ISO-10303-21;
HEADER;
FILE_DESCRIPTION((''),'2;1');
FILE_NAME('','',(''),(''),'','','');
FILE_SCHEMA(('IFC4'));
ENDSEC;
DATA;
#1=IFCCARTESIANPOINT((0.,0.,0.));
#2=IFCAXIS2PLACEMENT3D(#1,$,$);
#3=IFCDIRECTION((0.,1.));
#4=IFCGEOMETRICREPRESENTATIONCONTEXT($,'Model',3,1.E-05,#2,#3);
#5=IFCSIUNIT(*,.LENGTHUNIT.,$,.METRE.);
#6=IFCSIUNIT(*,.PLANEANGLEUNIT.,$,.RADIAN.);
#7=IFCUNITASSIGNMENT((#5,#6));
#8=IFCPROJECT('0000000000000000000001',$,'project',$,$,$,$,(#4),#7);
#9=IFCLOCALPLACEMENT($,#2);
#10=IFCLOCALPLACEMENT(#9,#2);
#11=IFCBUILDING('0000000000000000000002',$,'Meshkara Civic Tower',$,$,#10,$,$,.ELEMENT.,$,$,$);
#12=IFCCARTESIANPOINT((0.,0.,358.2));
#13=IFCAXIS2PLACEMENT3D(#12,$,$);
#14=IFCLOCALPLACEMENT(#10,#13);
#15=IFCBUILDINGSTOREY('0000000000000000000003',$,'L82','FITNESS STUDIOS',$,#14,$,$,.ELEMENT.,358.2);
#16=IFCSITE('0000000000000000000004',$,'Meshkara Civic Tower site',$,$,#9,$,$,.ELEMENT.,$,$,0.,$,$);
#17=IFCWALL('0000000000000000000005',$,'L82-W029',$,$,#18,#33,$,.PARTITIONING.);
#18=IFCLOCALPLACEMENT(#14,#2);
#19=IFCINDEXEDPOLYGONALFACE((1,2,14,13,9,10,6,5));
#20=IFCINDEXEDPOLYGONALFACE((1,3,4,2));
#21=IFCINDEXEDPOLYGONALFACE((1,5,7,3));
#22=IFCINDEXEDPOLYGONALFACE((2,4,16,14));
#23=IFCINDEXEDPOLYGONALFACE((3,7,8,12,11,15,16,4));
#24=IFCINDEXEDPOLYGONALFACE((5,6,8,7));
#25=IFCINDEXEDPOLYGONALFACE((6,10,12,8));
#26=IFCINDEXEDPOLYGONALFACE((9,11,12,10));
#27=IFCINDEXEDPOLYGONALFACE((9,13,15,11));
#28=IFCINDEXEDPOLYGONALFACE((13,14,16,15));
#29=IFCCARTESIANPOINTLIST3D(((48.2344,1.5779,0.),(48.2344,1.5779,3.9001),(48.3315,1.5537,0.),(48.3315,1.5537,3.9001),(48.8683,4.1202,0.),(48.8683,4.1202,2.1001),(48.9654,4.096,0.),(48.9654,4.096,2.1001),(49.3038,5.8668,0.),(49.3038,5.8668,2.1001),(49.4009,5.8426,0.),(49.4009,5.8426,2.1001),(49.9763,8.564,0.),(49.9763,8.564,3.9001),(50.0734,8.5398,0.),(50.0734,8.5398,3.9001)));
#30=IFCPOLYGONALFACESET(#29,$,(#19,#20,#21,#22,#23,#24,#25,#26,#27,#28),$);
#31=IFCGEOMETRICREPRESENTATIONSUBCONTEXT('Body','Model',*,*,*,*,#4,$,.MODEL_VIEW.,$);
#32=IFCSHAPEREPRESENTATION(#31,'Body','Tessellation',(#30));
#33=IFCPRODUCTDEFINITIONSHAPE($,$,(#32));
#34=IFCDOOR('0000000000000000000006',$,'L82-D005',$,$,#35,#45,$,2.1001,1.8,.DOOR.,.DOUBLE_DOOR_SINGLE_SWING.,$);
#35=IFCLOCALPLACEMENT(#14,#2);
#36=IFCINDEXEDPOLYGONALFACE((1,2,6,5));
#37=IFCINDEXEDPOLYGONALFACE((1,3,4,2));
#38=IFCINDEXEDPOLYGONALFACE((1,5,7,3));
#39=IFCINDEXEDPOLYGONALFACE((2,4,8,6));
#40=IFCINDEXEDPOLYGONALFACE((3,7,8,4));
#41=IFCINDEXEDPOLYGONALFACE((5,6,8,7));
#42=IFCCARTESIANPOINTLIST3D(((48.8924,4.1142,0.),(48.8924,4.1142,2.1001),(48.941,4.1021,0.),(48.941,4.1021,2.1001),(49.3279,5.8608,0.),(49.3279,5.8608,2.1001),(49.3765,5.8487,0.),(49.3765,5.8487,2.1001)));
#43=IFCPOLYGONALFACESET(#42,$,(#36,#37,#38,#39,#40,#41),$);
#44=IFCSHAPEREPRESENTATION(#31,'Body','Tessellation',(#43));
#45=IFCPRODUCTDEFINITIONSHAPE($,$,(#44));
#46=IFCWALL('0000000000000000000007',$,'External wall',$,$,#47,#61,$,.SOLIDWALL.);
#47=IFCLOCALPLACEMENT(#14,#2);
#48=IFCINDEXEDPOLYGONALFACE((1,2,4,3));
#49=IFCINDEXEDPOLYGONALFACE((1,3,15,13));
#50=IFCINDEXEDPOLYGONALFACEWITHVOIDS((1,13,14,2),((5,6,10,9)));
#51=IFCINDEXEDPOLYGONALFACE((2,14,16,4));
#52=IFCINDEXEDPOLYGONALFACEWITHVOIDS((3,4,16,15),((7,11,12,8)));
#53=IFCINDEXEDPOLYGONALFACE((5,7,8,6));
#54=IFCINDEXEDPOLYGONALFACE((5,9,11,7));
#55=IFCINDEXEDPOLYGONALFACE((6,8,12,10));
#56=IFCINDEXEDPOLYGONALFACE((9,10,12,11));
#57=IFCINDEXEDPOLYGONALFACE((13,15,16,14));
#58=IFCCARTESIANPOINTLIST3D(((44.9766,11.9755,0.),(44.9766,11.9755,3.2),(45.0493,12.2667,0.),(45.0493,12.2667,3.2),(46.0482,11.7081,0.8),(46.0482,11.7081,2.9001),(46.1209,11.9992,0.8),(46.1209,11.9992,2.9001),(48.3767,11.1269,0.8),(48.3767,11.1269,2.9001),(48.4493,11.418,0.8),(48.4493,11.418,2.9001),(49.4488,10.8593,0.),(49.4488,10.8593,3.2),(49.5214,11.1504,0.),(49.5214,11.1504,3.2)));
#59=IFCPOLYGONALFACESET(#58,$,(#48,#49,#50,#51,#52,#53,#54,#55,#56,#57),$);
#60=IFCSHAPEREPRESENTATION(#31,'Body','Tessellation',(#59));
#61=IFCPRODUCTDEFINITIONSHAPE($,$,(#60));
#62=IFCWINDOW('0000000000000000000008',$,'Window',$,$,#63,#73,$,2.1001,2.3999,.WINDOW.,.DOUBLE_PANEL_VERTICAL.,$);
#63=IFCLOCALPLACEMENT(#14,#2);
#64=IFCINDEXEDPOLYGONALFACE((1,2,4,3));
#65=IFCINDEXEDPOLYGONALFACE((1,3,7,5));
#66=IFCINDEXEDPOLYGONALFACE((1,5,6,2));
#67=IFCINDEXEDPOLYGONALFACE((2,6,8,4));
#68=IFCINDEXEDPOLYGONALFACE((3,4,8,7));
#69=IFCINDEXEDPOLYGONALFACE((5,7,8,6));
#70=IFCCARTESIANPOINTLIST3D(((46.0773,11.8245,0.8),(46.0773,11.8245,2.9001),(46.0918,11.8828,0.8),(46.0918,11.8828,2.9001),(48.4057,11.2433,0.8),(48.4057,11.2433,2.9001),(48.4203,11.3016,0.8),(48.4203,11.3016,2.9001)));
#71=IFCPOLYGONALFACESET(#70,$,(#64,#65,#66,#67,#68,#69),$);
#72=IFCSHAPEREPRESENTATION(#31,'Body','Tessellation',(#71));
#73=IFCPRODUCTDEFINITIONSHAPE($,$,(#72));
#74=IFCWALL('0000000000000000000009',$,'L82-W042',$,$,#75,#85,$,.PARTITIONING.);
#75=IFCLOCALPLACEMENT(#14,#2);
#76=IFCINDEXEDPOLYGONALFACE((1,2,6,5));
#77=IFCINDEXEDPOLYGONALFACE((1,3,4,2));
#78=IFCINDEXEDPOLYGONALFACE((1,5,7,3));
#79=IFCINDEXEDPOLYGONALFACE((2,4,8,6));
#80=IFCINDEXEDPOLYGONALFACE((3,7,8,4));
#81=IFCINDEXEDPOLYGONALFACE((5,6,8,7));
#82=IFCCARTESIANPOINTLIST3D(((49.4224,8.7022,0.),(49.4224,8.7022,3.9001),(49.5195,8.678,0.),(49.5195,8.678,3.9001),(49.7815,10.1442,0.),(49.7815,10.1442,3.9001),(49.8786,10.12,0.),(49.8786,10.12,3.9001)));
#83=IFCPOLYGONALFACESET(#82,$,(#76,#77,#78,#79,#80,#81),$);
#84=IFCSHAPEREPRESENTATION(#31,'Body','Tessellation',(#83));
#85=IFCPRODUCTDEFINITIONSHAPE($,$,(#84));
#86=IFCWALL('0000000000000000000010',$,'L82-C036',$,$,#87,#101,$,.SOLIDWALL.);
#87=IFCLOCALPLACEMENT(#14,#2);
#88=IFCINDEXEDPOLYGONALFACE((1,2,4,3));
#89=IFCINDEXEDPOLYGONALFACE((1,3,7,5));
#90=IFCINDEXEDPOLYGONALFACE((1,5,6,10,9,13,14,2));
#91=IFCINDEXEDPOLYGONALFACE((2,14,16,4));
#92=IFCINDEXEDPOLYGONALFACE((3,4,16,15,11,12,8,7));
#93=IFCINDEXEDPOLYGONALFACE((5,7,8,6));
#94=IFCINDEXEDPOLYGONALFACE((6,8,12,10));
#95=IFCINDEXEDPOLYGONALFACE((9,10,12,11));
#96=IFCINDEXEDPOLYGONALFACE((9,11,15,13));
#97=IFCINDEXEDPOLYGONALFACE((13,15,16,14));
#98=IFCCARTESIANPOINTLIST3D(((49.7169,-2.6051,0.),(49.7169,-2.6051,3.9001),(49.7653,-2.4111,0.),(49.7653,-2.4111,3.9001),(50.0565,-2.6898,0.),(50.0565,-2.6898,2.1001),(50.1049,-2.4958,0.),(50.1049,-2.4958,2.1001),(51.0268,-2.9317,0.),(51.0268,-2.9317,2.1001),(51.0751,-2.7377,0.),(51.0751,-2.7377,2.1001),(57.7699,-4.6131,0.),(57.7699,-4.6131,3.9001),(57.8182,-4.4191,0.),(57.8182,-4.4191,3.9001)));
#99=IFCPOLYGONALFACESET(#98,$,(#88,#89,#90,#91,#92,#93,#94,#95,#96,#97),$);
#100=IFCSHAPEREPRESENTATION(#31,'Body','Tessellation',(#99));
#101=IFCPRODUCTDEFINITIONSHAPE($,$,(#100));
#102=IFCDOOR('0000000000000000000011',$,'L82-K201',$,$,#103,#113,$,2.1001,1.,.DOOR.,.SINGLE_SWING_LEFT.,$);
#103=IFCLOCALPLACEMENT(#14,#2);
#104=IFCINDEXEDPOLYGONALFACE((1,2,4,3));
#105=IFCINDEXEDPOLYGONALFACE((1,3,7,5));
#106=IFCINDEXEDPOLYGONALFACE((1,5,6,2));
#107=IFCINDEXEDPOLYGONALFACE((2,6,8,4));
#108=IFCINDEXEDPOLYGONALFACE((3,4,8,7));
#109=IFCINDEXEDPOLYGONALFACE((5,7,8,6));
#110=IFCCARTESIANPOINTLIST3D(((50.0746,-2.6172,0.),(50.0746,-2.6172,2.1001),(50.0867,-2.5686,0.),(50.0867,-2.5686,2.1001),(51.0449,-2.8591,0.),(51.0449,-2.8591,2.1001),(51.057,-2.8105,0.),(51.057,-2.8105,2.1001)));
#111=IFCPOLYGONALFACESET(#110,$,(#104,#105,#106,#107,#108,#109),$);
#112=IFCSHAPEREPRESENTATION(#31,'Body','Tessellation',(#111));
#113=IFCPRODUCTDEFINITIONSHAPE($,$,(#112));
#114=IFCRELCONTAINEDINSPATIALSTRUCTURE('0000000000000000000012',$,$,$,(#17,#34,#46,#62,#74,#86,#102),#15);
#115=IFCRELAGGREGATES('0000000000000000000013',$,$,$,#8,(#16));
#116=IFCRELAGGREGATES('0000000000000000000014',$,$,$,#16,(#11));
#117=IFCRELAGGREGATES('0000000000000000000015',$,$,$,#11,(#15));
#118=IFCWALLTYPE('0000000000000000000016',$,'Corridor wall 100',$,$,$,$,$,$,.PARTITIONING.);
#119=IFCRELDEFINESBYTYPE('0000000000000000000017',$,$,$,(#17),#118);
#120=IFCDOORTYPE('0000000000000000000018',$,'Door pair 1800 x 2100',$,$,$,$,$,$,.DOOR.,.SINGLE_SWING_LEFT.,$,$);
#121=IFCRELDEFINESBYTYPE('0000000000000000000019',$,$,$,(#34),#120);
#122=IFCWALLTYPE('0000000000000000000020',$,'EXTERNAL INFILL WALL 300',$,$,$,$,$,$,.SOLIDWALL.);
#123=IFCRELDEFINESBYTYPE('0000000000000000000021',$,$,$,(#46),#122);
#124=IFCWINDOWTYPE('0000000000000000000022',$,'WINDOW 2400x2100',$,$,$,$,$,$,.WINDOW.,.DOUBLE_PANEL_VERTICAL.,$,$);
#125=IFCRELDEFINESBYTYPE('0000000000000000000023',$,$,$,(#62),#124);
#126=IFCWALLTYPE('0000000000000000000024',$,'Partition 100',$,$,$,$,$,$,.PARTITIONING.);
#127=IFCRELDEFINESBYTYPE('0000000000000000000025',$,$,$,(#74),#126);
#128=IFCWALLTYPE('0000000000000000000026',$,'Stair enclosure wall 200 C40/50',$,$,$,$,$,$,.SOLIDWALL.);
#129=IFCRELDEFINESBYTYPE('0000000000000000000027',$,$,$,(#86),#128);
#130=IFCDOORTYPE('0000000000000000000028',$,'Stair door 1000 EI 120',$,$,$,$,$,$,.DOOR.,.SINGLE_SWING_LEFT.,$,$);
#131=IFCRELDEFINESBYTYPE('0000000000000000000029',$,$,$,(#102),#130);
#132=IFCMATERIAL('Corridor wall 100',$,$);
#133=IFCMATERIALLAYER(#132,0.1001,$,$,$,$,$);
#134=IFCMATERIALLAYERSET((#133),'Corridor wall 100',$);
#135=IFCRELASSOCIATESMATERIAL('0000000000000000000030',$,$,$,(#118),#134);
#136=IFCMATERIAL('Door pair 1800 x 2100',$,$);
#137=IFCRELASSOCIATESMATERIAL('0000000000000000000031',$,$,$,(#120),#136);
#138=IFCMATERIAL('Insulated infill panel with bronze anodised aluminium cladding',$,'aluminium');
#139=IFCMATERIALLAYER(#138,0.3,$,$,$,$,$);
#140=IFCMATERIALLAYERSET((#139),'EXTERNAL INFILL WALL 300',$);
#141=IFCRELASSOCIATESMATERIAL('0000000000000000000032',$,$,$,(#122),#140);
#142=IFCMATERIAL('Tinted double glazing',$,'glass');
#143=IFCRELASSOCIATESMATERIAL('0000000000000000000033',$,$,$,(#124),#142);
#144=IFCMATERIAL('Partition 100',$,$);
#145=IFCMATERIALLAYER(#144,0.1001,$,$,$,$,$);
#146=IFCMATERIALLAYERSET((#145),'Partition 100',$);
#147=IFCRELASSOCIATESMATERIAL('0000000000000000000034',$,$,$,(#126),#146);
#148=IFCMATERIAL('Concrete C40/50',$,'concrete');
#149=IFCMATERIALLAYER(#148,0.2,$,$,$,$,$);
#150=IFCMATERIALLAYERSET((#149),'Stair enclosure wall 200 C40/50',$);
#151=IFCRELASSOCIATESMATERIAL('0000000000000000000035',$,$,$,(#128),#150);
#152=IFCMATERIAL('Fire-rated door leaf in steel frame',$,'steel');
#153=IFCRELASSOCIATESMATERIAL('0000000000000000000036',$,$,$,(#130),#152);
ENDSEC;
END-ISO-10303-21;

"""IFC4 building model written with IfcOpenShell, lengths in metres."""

from ifc_helpers import new_model, si_unit, direction, frame, frame_2d, origin, place, context, subcontext, project, spatial, rectangle, extrude, material, layer, layer_set, type_object, element, fill, save


model = new_model("IFC4")

# Units and contexts
model_context = context("Model", 3, precision=1e-05, world=origin(), true_north=direction((0.0, 1.0)))
body_context = subcontext(model_context, "Body", "Model", "MODEL_VIEW")
ifc_project = project(units=[si_unit("LENGTHUNIT", "METRE"), si_unit("PLANEANGLEUNIT", "RADIAN")], contexts=[model_context])

# Site, building, storey
site_placement = place(None, origin())
site = spatial("IfcSite", under=ifc_project, at=site_placement, Name="Meshkara Civic Tower site", CompositionType="ELEMENT", RefElevation=0.0)
building_placement = place(site_placement, origin())
building = spatial("IfcBuilding", under=site, at=building_placement, Name="Meshkara Civic Tower", CompositionType="ELEMENT")
storey_placement = place(building_placement, frame((0.0, 0.0, 358.2)))
storey = spatial("IfcBuildingStorey", under=building, at=storey_placement, Name="L82", Description="FITNESS STUDIOS", CompositionType="ELEMENT", Elevation=358.2)

# Shared definitions
ifc_material_1 = material(Name="Corridor wall 100")
ifc_layer_1 = layer(ifc_material_1, 0.1001)
ifc_layer_set_1 = layer_set([ifc_layer_1], Name="Corridor wall 100")
wall_type_1 = type_object("IfcWallType", Name="Corridor wall 100", PredefinedType="PARTITIONING", material=ifc_layer_set_1)

# Wall, opening, door
wall_1_placement = place(storey_placement, frame((50.0249, 8.552, 0.0), z_axis=(0.0, 0.0, 1.0), x_axis=(-0.241937, -0.970292, 0.0)))
wall_1 = element("IfcWall", 1, at=wall_1_placement, inside=storey, type_object=wall_type_1, Name="L82-W029", PredefinedType="PARTITIONING", context=body_context, shape_type="SweptSolid", body=[
    extrude(rectangle(XDim=7.2, YDim=0.1001, at=frame_2d((3.6001, 0.0))), origin(), (0.0, 0.0, 1.0), 3.9001),
])
opening_1_placement = place(wall_1_placement, frame((2.78, 0.0, 0.0)))
opening_1 = element("IfcOpeningElement", 2, at=opening_1_placement, cuts=wall_1, PredefinedType="OPENING", context=body_context, shape_type="SweptSolid", body=[
    extrude(rectangle(XDim=1.8, YDim=2.1001, at=frame_2d((0.8999, 1.05))), frame((0.0, 0.0601, 0.0), z_axis=(0.0, -1.0, 0.0), x_axis=(1.0, 0.0, 0.0)), (0.0, 0.0, 1.0), 0.1201),
])
ifc_material_2 = material(Name="Door pair 1800 x 2100")
door_type_1 = type_object("IfcDoorType", Name="Door pair 1800 x 2100", OperationType="SINGLE_SWING_LEFT", PredefinedType="DOOR", material=ifc_material_2)
door_1_placement = place(opening_1_placement, origin())
door_1 = element("IfcDoor", 3, at=door_1_placement, inside=storey, type_object=door_type_1, Name="L82-D005", OperationType="DOUBLE_DOOR_SINGLE_SWING", OverallHeight=2.1001, OverallWidth=1.8, PredefinedType="DOOR", context=body_context, shape_type="SweptSolid", body=[
    extrude(rectangle(XDim=1.8, YDim=2.1001, at=frame_2d((0.8999, 1.05))), frame((0.0, 0.0249, 0.0), z_axis=(0.0, -1.0, 0.0), x_axis=(1.0, 0.0, 0.0)), (0.0, 0.0, 1.0), 0.05),
])
fill(opening_1, door_1)

# Wall, opening, window
ifc_material_3 = material(Name="Insulated infill panel with bronze anodised aluminium cladding", Category="aluminium")
ifc_layer_2 = layer(ifc_material_3, 0.3)
ifc_layer_set_2 = layer_set([ifc_layer_2], Name="EXTERNAL INFILL WALL 300")
wall_type_2 = type_object("IfcWallType", Name="EXTERNAL INFILL WALL 300", PredefinedType="SOLIDWALL", material=ifc_layer_set_2)
wall_2_placement = place(storey_placement, frame((49.4851, 11.0049, 0.0), z_axis=(0.0, 0.0, 1.0), x_axis=(-0.970236, 0.242162, 0.0)))
wall_2 = element("IfcWall", 4, at=wall_2_placement, inside=storey, type_object=wall_type_2, Name="External wall", PredefinedType="SOLIDWALL", context=body_context, shape_type="SweptSolid", body=[
    extrude(rectangle(XDim=4.6094, YDim=0.3, at=frame_2d((2.3047, 0.0))), origin(), (0.0, 0.0, 1.0), 3.2),
])
opening_2_placement = place(wall_2_placement, frame((1.105, 0.0, 0.8)))
opening_2 = element("IfcOpeningElement", 5, at=opening_2_placement, cuts=wall_2, PredefinedType="OPENING", context=body_context, shape_type="SweptSolid", body=[
    extrude(rectangle(XDim=2.3999, YDim=2.1001, at=frame_2d((1.2, 1.05))), frame((0.0, 0.1599, 0.0), z_axis=(0.0, -1.0, 0.0), x_axis=(1.0, 0.0, 0.0)), (0.0, 0.0, 1.0), 0.3201),
])
ifc_material_4 = material(Name="Tinted double glazing", Category="glass")
window_type = type_object("IfcWindowType", Name="WINDOW 2400x2100", PartitioningType="DOUBLE_PANEL_VERTICAL", PredefinedType="WINDOW", material=ifc_material_4)
window_placement = place(opening_2_placement, origin())
window = element("IfcWindow", 6, at=window_placement, inside=storey, type_object=window_type, Name="Window", OverallHeight=2.1001, OverallWidth=2.3999, PartitioningType="DOUBLE_PANEL_VERTICAL", PredefinedType="WINDOW", context=body_context, shape_type="SweptSolid", body=[
    extrude(rectangle(XDim=2.3999, YDim=2.1001, at=frame_2d((1.2, 1.05))), frame((0.0, 0.03, 0.0), z_axis=(0.0, -1.0, 0.0), x_axis=(1.0, 0.0, 0.0)), (0.0, 0.0, 1.0), 0.0601),
])
fill(opening_2, window)

# Wall
ifc_material_5 = material(Name="Partition 100")
ifc_layer_3 = layer(ifc_material_5, 0.1001)
ifc_layer_set_3 = layer_set([ifc_layer_3], Name="Partition 100")
wall_type_3 = type_object("IfcWallType", Name="Partition 100", PredefinedType="PARTITIONING", material=ifc_layer_set_3)
wall_3_placement = place(storey_placement, frame((49.4709, 8.6899, 0.0), z_axis=(0.0, 0.0, 1.0), x_axis=(0.241647, 0.970364, 0.0)))
element("IfcWall", 7, at=wall_3_placement, inside=storey, type_object=wall_type_3, Name="L82-W042", PredefinedType="PARTITIONING", context=body_context, shape_type="SweptSolid", body=[
    extrude(rectangle(XDim=1.4861, YDim=0.1001, at=frame_2d((0.7432, 0.0))), origin(), (0.0, 0.0, 1.0), 3.9001),
])

# Wall, opening, door
ifc_material_6 = material(Name="Concrete C40/50", Category="concrete")
ifc_layer_4 = layer(ifc_material_6, 0.2)
ifc_layer_set_4 = layer_set([ifc_layer_4], Name="Stair enclosure wall 200 C40/50")
wall_type_4 = type_object("IfcWallType", Name="Stair enclosure wall 200 C40/50", PredefinedType="SOLIDWALL", material=ifc_layer_set_4)
wall_4_placement = place(storey_placement, frame((49.741, -2.5081, 0.0), z_axis=(0.0, 0.0, 1.0), x_axis=(0.970289, -0.241947, 0.0)))
wall_4 = element("IfcWall", 8, at=wall_4_placement, inside=storey, type_object=wall_type_4, Name="L82-C036", PredefinedType="SOLIDWALL", context=body_context, shape_type="SweptSolid", body=[
    extrude(rectangle(XDim=8.2996, YDim=0.2, at=frame_2d((4.1499, 0.0))), origin(), (0.0, 0.0, 1.0), 3.9001),
])
opening_3_placement = place(wall_4_placement, frame((0.3501, 0.0, 0.0)))
opening_3 = element("IfcOpeningElement", 9, at=opening_3_placement, cuts=wall_4, PredefinedType="OPENING", context=body_context, shape_type="SweptSolid", body=[
    extrude(rectangle(XDim=1.0, YDim=2.1001, at=frame_2d((0.5, 1.05))), frame((0.0, 0.1099, 0.0), z_axis=(0.0, -1.0, 0.0), x_axis=(1.0, 0.0, 0.0)), (0.0, 0.0, 1.0), 0.22),
])
ifc_material_7 = material(Name="Fire-rated door leaf in steel frame", Category="steel")
door_type_2 = type_object("IfcDoorType", Name="Stair door 1000 EI 120", OperationType="SINGLE_SWING_LEFT", PredefinedType="DOOR", material=ifc_material_7)
door_2_placement = place(opening_3_placement, origin())
door_2 = element("IfcDoor", 10, at=door_2_placement, inside=storey, type_object=door_type_2, Name="L82-K201", OperationType="SINGLE_SWING_LEFT", OverallHeight=2.1001, OverallWidth=1.0, PredefinedType="DOOR", context=body_context, shape_type="SweptSolid", body=[
    extrude(rectangle(XDim=1.0, YDim=2.1001, at=frame_2d((0.5, 1.05))), frame((0.0, 0.0249, 0.0), z_axis=(0.0, -1.0, 0.0), x_axis=(1.0, 0.0, 0.0)), (0.0, 0.0, 1.0), 0.05),
])
fill(opening_3, door_2)

save(model, "model.ifc")
